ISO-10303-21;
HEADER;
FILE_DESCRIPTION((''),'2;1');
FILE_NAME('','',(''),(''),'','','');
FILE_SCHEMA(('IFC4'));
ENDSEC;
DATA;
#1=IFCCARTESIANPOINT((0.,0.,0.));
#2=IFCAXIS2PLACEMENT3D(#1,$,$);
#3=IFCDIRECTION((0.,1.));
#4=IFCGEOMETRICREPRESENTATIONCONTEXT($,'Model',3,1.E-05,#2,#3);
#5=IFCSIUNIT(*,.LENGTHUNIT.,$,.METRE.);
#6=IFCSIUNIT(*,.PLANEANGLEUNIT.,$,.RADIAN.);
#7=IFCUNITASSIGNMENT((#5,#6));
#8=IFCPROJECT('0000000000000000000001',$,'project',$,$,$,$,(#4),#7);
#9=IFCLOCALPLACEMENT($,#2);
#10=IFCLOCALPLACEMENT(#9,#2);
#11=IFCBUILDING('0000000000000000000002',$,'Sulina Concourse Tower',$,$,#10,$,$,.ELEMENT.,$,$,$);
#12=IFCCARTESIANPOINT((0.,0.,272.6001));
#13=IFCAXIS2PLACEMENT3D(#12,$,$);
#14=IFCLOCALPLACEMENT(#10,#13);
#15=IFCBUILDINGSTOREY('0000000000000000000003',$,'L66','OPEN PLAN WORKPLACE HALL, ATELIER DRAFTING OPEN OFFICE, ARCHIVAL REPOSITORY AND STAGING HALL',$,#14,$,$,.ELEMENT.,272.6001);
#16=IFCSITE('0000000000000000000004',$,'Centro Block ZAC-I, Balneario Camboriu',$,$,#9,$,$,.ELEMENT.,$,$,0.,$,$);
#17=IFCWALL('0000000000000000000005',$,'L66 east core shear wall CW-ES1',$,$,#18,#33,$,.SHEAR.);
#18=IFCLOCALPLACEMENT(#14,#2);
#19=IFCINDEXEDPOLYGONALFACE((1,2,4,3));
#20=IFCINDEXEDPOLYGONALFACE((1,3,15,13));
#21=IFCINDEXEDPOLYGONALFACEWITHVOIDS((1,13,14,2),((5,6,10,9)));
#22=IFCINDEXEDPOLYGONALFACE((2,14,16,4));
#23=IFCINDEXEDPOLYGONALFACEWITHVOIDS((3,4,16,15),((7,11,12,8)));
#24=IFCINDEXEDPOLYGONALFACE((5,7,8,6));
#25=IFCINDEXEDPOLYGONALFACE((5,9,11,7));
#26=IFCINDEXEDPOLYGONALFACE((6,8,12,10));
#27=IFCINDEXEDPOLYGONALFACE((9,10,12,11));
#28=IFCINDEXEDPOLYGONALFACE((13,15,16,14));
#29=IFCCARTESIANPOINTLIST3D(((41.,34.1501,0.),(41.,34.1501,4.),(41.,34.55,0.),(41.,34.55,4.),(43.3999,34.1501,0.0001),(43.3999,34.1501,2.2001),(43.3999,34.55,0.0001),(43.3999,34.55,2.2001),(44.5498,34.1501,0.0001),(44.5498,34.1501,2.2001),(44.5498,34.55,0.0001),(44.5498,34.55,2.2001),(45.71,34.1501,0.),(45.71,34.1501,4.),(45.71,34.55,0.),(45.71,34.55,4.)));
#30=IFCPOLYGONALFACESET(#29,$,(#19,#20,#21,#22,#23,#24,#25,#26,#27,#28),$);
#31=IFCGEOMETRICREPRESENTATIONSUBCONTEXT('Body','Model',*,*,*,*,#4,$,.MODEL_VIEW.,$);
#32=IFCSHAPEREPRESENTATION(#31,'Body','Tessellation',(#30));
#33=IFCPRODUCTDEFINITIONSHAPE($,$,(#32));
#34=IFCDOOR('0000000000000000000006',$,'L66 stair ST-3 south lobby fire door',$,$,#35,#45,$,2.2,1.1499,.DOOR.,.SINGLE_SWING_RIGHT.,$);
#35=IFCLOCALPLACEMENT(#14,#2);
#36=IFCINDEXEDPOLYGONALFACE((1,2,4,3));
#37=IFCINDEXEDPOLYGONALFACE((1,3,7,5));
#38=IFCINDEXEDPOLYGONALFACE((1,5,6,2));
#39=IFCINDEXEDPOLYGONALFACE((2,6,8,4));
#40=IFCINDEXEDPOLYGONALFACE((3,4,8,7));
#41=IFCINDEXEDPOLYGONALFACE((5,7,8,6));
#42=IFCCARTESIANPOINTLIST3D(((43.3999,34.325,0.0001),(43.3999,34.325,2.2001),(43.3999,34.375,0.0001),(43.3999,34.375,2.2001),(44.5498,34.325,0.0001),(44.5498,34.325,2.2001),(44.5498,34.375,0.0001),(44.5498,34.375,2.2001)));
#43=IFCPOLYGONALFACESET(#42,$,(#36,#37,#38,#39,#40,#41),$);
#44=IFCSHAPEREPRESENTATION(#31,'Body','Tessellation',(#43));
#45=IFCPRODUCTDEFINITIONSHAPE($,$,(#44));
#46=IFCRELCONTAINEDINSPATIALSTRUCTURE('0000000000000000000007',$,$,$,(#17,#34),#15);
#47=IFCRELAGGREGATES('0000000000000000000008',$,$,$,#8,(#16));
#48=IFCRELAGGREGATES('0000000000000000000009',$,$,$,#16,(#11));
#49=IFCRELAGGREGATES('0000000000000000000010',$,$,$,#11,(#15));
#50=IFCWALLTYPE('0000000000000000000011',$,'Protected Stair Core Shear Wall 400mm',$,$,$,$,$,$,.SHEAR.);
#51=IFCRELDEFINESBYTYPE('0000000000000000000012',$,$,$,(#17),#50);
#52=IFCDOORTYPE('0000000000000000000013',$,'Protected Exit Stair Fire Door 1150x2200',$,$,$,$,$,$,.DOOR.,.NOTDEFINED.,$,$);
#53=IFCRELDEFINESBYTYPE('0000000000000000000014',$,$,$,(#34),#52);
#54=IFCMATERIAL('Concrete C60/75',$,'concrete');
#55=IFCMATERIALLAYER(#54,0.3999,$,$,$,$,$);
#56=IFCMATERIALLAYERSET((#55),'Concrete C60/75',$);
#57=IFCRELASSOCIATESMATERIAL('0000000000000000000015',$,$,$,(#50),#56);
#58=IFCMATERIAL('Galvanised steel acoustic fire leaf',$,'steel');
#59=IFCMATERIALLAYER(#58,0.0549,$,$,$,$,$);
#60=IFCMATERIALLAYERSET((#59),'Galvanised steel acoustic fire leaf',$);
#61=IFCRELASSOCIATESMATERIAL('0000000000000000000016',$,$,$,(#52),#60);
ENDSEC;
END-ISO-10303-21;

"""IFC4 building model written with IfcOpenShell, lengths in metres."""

from ifc_helpers import new_model, si_unit, direction, frame, frame_2d, origin, place, context, subcontext, project, spatial, rectangle, extrude, material, layer, layer_set, type_object, element, fill, save


model = new_model("IFC4")

# Units and contexts
model_context = context("Model", 3, precision=1e-05, world=origin(), true_north=direction((0.0, 1.0)))
body_context = subcontext(model_context, "Body", "Model", "MODEL_VIEW")
ifc_project = project(units=[si_unit("LENGTHUNIT", "METRE"), si_unit("PLANEANGLEUNIT", "RADIAN")], contexts=[model_context])

# Site, building, storey
site_placement = place(None, origin())
site = spatial("IfcSite", under=ifc_project, at=site_placement, Name="Centro Block ZAC-I, Balneario Camboriu", CompositionType="ELEMENT", RefElevation=0.0)
building_placement = place(site_placement, origin())
building = spatial("IfcBuilding", under=site, at=building_placement, Name="Sulina Concourse Tower", CompositionType="ELEMENT")
storey_placement = place(building_placement, frame((0.0, 0.0, 272.6001)))
storey = spatial("IfcBuildingStorey", under=building, at=storey_placement, Name="L66", Description="OPEN PLAN WORKPLACE HALL, ATELIER DRAFTING OPEN OFFICE, ARCHIVAL REPOSITORY AND STAGING HALL", CompositionType="ELEMENT", Elevation=272.6001)

# Wall, opening, door
ifc_material_1 = material(Name="Concrete C60/75", Category="concrete")
ifc_layer_1 = layer(ifc_material_1, 0.3999)
ifc_layer_set_1 = layer_set([ifc_layer_1], Name="Concrete C60/75")
wall_type_1 = type_object("IfcWallType", Name="Protected Stair Core Shear Wall 400mm", PredefinedType="SHEAR", material=ifc_layer_set_1)
wall_1_placement = place(storey_placement, frame((41.0, 34.3501, 0.0), z_axis=(0.0, 0.0, 1.0), x_axis=(1.0, 0.0, 0.0)))
wall_1 = element("IfcWall", 1, at=wall_1_placement, inside=storey, type_object=wall_type_1, Name="L66 east core shear wall CW-ES1", PredefinedType="SHEAR", context=body_context, shape_type="SweptSolid", body=[
    extrude(rectangle(XDim=4.71, YDim=0.3999, at=frame_2d((2.355, 0.0))), origin(), (0.0, 0.0, 1.0), 4.0),
])
opening_1_placement = place(wall_1_placement, frame((2.3999, 0.0, 0.0)))
opening_1 = element("IfcOpeningElement", 2, at=opening_1_placement, cuts=wall_1, PredefinedType="OPENING", context=body_context, shape_type="SweptSolid", body=[
    extrude(rectangle(XDim=1.1499, YDim=2.2, at=frame_2d((0.575, 1.1001))), frame((0.0, 0.21, 0.0), z_axis=(0.0, -1.0, 0.0), x_axis=(1.0, 0.0, 0.0)), (0.0, 0.0, 1.0), 0.4199),
])
ifc_material_2 = material(Name="Galvanised steel acoustic fire leaf", Category="steel")
ifc_layer_2 = layer(ifc_material_2, 0.0549)
ifc_layer_set_2 = layer_set([ifc_layer_2], Name="Galvanised steel acoustic fire leaf")
door_type = type_object("IfcDoorType", Name="Protected Exit Stair Fire Door 1150x2200", OperationType="NOTDEFINED", PredefinedType="DOOR", material=ifc_layer_set_2)
door_placement = place(opening_1_placement, origin())
door = element("IfcDoor", 3, at=door_placement, inside=storey, type_object=door_type, Name="L66 stair ST-3 south lobby fire door", OperationType="SINGLE_SWING_RIGHT", OverallHeight=2.2, OverallWidth=1.1499, PredefinedType="DOOR", context=body_context, shape_type="SweptSolid", body=[
    extrude(rectangle(XDim=1.1499, YDim=2.2, at=frame_2d((0.575, 1.1001))), frame((0.0, 0.0249, 0.0), z_axis=(0.0, -1.0, 0.0), x_axis=(1.0, 0.0, 0.0)), (0.0, 0.0, 1.0), 0.05),
])
fill(opening_1, door)

save(model, "model.ifc")
